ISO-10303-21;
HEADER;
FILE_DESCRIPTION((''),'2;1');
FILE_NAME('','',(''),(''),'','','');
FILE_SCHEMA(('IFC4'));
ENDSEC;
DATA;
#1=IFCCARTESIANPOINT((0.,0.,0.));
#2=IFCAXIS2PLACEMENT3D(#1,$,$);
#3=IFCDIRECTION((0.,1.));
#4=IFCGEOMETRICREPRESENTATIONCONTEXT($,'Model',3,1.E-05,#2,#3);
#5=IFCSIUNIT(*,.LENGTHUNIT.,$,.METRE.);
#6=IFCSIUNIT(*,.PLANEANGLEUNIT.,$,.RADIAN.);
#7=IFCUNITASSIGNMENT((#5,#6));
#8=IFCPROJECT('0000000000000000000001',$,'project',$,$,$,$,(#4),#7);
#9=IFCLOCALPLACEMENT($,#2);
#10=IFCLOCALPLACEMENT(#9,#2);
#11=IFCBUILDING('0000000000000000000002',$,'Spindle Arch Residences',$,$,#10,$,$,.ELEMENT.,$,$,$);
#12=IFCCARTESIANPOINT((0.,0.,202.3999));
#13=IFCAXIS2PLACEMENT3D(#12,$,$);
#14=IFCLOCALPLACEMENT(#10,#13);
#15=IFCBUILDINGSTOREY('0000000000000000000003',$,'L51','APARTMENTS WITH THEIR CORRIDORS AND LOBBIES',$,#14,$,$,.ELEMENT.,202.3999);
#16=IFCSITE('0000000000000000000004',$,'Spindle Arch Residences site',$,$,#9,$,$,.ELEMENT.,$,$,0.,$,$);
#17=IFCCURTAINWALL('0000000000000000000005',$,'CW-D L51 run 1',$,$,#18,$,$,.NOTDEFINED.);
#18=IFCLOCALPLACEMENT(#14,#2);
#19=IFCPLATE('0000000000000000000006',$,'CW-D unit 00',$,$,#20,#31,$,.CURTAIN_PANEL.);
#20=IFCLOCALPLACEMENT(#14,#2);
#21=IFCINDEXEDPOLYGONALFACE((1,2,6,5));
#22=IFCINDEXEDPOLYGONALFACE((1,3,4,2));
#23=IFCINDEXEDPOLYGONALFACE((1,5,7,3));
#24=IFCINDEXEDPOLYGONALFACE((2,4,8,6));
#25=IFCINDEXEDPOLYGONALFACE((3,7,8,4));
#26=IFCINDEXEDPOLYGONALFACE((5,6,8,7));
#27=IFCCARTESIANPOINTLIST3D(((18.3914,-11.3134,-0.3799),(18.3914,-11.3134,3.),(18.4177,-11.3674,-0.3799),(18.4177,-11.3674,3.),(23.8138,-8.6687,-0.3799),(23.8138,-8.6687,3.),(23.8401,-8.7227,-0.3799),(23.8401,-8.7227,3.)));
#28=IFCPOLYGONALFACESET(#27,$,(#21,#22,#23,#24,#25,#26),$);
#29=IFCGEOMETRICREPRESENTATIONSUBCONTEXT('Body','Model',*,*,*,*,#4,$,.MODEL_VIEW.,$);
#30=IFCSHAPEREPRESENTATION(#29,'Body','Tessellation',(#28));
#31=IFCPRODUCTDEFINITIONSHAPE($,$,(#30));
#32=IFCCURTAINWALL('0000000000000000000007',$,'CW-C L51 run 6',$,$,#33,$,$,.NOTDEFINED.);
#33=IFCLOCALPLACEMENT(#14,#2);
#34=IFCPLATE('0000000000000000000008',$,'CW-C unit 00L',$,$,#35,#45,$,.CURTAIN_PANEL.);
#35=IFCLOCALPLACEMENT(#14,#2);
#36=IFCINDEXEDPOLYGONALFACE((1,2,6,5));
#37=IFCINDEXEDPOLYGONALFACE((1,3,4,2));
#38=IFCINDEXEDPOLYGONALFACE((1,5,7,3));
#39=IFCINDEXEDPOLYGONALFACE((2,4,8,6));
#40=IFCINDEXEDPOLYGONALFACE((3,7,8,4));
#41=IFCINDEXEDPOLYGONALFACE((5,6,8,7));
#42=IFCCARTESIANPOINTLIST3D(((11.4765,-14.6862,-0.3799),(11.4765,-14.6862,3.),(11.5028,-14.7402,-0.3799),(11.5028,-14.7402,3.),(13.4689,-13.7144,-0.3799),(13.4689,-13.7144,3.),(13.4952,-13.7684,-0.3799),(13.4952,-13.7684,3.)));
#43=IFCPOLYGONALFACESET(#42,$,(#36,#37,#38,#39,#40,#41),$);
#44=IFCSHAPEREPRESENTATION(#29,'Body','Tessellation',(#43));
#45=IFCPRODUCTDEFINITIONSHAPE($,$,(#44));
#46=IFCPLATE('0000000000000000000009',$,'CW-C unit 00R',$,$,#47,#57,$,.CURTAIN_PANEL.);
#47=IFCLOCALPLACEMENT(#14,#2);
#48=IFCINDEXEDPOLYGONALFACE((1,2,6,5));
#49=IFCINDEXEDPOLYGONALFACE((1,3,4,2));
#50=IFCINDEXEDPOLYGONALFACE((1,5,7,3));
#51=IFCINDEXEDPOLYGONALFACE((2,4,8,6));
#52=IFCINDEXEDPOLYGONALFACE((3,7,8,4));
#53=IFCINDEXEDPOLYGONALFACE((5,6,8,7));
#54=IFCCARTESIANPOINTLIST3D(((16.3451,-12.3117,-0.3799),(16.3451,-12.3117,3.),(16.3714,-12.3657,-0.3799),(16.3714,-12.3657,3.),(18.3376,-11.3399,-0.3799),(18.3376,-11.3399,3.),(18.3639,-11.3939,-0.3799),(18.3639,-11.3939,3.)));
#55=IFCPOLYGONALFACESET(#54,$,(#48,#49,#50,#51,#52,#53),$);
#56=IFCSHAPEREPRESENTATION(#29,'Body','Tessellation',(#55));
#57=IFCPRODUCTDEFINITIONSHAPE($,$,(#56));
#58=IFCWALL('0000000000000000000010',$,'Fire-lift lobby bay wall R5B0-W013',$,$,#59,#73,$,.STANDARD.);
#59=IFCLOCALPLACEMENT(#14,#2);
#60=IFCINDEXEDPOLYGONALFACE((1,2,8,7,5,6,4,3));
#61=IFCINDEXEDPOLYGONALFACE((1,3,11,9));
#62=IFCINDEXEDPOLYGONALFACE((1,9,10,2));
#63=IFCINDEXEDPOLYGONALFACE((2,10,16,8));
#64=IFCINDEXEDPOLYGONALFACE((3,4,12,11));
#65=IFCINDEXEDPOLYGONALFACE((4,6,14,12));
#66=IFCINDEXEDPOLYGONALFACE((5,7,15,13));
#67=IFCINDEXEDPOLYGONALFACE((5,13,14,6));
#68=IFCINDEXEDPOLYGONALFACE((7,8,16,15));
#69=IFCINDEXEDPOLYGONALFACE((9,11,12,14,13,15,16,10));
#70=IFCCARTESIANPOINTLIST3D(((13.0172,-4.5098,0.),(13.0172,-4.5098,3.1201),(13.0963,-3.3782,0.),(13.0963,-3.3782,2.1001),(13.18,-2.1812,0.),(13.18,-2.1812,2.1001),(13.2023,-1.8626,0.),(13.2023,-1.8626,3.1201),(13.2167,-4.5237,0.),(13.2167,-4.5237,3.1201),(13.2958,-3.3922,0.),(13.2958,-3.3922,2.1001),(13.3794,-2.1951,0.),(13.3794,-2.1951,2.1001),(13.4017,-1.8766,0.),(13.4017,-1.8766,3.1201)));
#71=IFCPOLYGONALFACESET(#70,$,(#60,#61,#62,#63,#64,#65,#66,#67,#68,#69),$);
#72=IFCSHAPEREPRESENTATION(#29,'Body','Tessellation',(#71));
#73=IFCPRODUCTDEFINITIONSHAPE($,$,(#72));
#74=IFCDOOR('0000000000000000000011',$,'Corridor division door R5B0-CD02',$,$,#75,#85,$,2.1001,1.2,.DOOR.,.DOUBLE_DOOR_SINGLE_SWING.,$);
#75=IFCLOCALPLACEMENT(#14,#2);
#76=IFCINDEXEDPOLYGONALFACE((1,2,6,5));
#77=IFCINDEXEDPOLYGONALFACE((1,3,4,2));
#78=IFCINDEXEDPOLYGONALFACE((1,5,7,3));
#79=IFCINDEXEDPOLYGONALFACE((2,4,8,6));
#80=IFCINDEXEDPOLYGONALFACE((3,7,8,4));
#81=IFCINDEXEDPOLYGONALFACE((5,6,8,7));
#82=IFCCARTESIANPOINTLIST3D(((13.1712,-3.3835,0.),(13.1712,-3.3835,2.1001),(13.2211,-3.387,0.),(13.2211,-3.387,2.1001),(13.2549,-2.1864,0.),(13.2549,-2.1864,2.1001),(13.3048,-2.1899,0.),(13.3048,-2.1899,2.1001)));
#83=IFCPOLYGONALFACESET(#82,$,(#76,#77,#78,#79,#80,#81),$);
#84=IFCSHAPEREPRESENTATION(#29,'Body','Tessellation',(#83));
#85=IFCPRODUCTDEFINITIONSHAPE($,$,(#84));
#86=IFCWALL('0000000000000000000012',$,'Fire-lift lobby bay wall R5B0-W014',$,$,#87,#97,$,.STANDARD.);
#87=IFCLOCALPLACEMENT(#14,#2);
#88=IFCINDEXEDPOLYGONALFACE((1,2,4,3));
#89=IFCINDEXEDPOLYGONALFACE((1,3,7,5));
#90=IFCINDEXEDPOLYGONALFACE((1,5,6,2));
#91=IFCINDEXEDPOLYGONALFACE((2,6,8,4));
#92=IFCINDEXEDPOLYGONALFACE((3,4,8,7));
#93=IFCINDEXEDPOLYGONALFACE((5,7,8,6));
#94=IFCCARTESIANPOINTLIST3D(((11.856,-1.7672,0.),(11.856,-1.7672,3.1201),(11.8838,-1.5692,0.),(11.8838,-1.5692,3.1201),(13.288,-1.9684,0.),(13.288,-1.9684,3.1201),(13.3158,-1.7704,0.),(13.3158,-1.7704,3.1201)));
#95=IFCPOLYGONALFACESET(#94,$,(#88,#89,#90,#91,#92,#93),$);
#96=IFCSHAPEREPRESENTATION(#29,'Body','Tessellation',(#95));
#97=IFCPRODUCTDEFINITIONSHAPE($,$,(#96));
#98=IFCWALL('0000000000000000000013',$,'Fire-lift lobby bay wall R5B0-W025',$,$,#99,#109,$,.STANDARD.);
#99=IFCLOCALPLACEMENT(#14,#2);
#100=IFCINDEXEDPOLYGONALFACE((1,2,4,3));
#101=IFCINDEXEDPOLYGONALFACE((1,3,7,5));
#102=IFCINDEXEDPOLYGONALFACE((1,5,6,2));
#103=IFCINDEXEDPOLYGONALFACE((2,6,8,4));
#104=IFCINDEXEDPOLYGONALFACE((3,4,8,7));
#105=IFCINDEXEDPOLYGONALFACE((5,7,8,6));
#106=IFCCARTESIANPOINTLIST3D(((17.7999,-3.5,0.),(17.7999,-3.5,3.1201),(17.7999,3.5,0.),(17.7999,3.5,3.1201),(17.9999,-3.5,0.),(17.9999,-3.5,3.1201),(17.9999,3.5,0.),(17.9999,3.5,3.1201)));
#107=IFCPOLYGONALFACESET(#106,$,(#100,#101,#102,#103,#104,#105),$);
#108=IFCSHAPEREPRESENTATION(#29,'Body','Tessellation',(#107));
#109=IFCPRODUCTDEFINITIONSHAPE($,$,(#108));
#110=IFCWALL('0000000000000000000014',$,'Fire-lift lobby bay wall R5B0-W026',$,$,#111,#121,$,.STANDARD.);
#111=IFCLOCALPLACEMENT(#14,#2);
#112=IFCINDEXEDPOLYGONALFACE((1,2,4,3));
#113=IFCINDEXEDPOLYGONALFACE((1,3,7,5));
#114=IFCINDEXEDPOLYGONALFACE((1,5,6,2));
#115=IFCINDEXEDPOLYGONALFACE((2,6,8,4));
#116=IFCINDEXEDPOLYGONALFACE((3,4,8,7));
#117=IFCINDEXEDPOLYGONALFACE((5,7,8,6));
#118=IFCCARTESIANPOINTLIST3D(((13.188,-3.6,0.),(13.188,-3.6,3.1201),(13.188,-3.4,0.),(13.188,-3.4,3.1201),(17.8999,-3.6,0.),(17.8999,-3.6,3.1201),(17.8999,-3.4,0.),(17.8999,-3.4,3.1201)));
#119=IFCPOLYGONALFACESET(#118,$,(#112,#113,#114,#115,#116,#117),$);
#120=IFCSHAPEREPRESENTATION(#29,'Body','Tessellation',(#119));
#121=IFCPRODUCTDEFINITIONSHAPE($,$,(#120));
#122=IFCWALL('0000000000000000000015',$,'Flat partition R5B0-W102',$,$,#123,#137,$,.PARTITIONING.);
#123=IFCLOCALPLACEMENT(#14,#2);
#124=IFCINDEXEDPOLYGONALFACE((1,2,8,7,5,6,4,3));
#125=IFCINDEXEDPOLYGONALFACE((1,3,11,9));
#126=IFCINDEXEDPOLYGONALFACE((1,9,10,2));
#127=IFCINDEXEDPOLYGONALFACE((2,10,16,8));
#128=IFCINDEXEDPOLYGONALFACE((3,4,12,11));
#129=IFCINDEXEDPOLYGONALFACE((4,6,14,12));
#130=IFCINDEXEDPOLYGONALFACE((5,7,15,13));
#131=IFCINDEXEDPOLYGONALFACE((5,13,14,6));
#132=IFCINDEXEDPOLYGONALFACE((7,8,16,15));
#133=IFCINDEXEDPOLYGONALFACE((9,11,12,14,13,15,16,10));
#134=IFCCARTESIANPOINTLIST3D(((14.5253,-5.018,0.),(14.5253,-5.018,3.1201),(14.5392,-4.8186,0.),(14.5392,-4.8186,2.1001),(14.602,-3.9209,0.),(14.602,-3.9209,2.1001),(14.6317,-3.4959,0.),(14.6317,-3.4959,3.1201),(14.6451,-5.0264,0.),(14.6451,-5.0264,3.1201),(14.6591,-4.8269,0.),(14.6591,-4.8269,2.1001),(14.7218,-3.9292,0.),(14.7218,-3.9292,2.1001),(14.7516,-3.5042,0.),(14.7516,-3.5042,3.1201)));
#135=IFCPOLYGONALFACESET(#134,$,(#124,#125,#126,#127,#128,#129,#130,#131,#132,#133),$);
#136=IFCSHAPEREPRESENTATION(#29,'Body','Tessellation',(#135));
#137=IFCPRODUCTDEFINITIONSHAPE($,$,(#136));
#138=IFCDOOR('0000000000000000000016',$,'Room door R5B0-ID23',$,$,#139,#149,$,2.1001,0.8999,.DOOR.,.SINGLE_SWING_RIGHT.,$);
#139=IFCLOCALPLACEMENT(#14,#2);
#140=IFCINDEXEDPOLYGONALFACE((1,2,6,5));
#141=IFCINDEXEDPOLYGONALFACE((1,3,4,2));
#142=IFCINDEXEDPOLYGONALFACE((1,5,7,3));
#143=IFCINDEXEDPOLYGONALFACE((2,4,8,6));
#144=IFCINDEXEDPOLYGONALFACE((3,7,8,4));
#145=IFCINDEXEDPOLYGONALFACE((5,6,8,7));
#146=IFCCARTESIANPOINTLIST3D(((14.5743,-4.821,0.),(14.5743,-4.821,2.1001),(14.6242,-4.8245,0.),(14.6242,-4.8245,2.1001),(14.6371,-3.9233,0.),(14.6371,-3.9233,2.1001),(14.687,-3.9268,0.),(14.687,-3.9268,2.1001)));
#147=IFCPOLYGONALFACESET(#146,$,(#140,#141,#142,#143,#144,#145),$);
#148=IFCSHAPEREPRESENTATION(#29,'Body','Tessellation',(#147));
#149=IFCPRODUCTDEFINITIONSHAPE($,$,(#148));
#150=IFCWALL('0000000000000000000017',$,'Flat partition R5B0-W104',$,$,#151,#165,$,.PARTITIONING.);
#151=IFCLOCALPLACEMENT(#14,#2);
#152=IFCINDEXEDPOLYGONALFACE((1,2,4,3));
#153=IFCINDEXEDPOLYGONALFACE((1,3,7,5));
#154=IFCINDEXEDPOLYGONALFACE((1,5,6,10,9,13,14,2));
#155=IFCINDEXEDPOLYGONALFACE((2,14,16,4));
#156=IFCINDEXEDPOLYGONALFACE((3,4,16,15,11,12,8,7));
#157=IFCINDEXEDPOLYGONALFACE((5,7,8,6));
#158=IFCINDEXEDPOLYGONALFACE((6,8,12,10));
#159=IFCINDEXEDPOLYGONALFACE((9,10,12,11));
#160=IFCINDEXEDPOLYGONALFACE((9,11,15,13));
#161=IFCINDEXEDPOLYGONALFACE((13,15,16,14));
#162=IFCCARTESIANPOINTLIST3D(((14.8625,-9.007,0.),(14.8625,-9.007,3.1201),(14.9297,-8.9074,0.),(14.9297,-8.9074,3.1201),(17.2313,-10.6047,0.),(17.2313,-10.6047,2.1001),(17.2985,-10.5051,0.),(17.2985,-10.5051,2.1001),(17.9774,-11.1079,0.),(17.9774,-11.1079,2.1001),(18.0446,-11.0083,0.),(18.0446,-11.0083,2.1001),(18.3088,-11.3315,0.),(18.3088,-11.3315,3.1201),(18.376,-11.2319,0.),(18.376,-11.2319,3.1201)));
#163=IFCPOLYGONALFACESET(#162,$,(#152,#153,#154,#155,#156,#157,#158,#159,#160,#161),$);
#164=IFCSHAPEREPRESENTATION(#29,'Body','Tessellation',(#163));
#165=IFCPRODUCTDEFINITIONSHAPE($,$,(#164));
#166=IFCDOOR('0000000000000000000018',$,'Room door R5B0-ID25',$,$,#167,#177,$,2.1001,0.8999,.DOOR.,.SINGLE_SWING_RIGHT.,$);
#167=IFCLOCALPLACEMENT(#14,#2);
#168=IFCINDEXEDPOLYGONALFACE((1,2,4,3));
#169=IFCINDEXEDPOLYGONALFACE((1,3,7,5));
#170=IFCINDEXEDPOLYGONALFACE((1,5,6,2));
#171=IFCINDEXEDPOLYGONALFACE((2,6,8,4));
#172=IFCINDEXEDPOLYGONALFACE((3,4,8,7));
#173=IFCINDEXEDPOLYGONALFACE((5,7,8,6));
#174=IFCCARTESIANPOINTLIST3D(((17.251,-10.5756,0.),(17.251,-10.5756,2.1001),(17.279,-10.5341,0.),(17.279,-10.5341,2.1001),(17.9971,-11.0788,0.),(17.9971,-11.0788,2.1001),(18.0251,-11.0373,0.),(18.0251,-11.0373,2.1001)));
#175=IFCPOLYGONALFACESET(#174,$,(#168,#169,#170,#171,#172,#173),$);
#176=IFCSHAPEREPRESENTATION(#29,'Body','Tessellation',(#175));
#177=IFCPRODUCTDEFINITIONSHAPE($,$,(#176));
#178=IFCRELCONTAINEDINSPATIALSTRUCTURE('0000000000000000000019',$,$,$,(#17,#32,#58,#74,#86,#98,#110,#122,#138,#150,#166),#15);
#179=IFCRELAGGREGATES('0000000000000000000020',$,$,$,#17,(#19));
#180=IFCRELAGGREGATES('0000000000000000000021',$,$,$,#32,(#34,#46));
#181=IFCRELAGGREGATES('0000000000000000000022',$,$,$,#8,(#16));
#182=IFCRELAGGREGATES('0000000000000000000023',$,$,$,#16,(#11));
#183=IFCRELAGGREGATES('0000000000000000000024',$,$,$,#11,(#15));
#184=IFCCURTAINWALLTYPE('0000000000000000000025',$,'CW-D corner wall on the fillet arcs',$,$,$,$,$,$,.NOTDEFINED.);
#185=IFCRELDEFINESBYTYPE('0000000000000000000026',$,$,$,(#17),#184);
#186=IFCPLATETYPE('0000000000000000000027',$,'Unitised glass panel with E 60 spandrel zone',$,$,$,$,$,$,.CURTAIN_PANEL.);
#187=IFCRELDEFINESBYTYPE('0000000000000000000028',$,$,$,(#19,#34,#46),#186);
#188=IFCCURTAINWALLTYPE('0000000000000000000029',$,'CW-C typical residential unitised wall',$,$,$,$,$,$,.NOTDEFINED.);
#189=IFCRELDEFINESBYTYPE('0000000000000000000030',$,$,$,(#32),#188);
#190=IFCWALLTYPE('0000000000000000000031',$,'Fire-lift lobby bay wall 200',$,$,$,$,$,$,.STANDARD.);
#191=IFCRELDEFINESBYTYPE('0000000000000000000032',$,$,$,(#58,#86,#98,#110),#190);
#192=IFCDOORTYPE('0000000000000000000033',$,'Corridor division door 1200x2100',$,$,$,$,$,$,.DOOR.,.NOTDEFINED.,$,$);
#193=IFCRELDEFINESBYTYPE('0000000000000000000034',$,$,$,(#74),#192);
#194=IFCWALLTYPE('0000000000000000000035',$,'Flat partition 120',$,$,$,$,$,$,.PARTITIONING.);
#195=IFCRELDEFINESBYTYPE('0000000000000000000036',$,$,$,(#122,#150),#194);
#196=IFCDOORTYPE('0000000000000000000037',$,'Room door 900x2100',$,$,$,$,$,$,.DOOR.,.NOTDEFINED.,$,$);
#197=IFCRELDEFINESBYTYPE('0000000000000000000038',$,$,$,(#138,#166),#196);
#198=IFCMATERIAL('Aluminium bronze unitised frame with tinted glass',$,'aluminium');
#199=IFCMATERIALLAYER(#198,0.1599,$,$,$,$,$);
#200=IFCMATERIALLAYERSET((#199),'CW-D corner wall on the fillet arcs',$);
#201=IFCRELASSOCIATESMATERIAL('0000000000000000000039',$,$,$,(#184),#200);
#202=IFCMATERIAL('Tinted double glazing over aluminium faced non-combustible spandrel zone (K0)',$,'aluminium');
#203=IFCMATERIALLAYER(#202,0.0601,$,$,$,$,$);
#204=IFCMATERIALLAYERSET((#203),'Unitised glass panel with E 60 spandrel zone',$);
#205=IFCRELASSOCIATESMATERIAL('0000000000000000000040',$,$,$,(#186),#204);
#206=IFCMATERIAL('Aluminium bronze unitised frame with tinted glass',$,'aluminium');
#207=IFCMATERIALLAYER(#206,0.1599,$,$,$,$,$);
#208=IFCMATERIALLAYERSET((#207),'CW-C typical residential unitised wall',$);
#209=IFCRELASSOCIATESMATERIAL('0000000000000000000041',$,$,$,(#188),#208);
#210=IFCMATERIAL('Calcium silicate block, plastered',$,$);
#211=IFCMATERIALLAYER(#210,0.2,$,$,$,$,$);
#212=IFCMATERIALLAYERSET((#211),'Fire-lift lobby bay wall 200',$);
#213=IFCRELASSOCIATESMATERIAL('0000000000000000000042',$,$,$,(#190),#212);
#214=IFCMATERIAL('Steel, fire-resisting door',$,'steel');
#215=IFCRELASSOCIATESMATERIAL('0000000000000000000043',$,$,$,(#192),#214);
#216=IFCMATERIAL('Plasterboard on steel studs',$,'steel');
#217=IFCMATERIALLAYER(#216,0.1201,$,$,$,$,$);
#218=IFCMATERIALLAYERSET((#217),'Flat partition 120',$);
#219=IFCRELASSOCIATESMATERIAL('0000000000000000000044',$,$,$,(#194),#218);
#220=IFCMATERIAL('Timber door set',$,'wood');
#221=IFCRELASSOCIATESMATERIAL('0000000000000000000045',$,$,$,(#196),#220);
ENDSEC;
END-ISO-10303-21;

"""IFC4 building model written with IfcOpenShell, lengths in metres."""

from ifc_helpers import new_model, si_unit, direction, frame, frame_2d, origin, origin_2d, place, context, subcontext, project, spatial, rectangle, extrude, material, layer, layer_set, type_object, element, fill, aggregate, save


model = new_model("IFC4")

# Units and contexts
model_context = context("Model", 3, precision=1e-05, world=origin(), true_north=direction((0.0, 1.0)))
body_context = subcontext(model_context, "Body", "Model", "MODEL_VIEW")
ifc_project = project(units=[si_unit("LENGTHUNIT", "METRE"), si_unit("PLANEANGLEUNIT", "RADIAN")], contexts=[model_context])

# Site, building, storey
site_placement = place(None, origin())
site = spatial("IfcSite", under=ifc_project, at=site_placement, Name="Spindle Arch Residences site", CompositionType="ELEMENT", RefElevation=0.0)
building_placement = place(site_placement, origin())
building = spatial("IfcBuilding", under=site, at=building_placement, Name="Spindle Arch Residences", CompositionType="ELEMENT")
storey_placement = place(building_placement, frame((0.0, 0.0, 202.3999)))
storey = spatial("IfcBuildingStorey", under=building, at=storey_placement, Name="L51", Description="APARTMENTS WITH THEIR CORRIDORS AND LOBBIES", CompositionType="ELEMENT", Elevation=202.3999)

# Curtain wall
ifc_material_1 = material(Name="Aluminium bronze unitised frame with tinted glass", Category="aluminium")
ifc_layer_1 = layer(ifc_material_1, 0.1599)
ifc_layer_set_1 = layer_set([ifc_layer_1], Name="CW-D corner wall on the fillet arcs")
curtain_wall_type_1 = type_object("IfcCurtainWallType", Name="CW-D corner wall on the fillet arcs", PredefinedType="NOTDEFINED", material=ifc_layer_set_1)
curtain_wall_1_placement = place(storey_placement, origin())
curtain_wall_1 = element("IfcCurtainWall", 1, at=curtain_wall_1_placement, inside=storey, type_object=curtain_wall_type_1, Name="CW-D L51 run 1", PredefinedType="NOTDEFINED")

# Plate
ifc_material_2 = material(Name="Tinted double glazing over aluminium faced non-combustible spandrel zone (K0)", Category="aluminium")
ifc_layer_2 = layer(ifc_material_2, 0.0601)
ifc_layer_set_2 = layer_set([ifc_layer_2], Name="Unitised glass panel with E 60 spandrel zone")
plate_type = type_object("IfcPlateType", Name="Unitised glass panel with E 60 spandrel zone", PredefinedType="CURTAIN_PANEL", material=ifc_layer_set_2)
plate_1_placement = place(storey_placement, frame((21.1157, -10.0181, -0.3799), z_axis=(0.0, 0.0, 1.0), x_axis=(0.898794, 0.438371, 0.0)))
plate_1 = element("IfcPlate", 2, at=plate_1_placement, type_object=plate_type, Name="CW-D unit 00", PredefinedType="CURTAIN_PANEL", context=body_context, shape_type="SweptSolid", body=[
    extrude(rectangle(XDim=6.033, YDim=0.0601, at=origin_2d()), origin(), (0.0, 0.0, 1.0), 3.3799),
])
aggregate(curtain_wall_1, [plate_1])

# Curtain wall, plates
ifc_material_3 = material(Name="Aluminium bronze unitised frame with tinted glass", Category="aluminium")
ifc_layer_3 = layer(ifc_material_3, 0.1599)
ifc_layer_set_3 = layer_set([ifc_layer_3], Name="CW-C typical residential unitised wall")
curtain_wall_type_2 = type_object("IfcCurtainWallType", Name="CW-C typical residential unitised wall", PredefinedType="NOTDEFINED", material=ifc_layer_set_3)
curtain_wall_2_placement = place(storey_placement, origin())
curtain_wall_2 = element("IfcCurtainWall", 3, at=curtain_wall_2_placement, inside=storey, type_object=curtain_wall_type_2, Name="CW-C L51 run 6", PredefinedType="NOTDEFINED")
plate_2_placement = place(storey_placement, frame((12.4858, -14.2273, -0.3799), z_axis=(0.0, 0.0, 1.0), x_axis=(0.898794, 0.438371, 0.0)))
plate_2 = element("IfcPlate", 4, at=plate_2_placement, type_object=plate_type, Name="CW-C unit 00L", PredefinedType="CURTAIN_PANEL", context=body_context, shape_type="SweptSolid", body=[
    extrude(rectangle(XDim=2.2168, YDim=0.0601, at=origin_2d()), origin(), (0.0, 0.0, 1.0), 3.3799),
])
plate_3_placement = place(storey_placement, frame((17.3545, -11.8528, -0.3799), z_axis=(0.0, 0.0, 1.0), x_axis=(0.898794, 0.438371, 0.0)))
plate_3 = element("IfcPlate", 5, at=plate_3_placement, type_object=plate_type, Name="CW-C unit 00R", PredefinedType="CURTAIN_PANEL", context=body_context, shape_type="SweptSolid", body=[
    extrude(rectangle(XDim=2.2168, YDim=0.0601, at=origin_2d()), origin(), (0.0, 0.0, 1.0), 3.3799),
])
aggregate(curtain_wall_2, [plate_2, plate_3])

# Wall, opening, door
ifc_material_4 = material(Name="Calcium silicate block, plastered")
ifc_layer_4 = layer(ifc_material_4, 0.2)
ifc_layer_set_4 = layer_set([ifc_layer_4], Name="Fire-lift lobby bay wall 200")
wall_type_1 = type_object("IfcWallType", Name="Fire-lift lobby bay wall 200", PredefinedType="STANDARD", material=ifc_layer_set_4)
wall_1_placement = place(storey_placement, frame((13.1169, -4.5166, 0.0), z_axis=(0.0, 0.0, 1.0), x_axis=(0.069737, 0.997565, 0.0)))
wall_1 = element("IfcWall", 6, at=wall_1_placement, inside=storey, type_object=wall_type_1, Name="Fire-lift lobby bay wall R5B0-W013", PredefinedType="STANDARD", context=body_context, shape_type="SweptSolid", body=[
    extrude(rectangle(XDim=2.6536, YDim=0.2, at=frame_2d((1.3267, 0.0))), origin(), (0.0, 0.0, 1.0), 3.1201),
])
opening_1_placement = place(wall_1_placement, frame((1.134, 0.0, 0.0)))
opening_1 = element("IfcOpeningElement", 7, at=opening_1_placement, cuts=wall_1, PredefinedType="OPENING", context=body_context, shape_type="SweptSolid", body=[
    extrude(rectangle(XDim=1.2, YDim=2.1001, at=frame_2d((0.6001, 1.05))), frame((0.0, 0.1099, 0.0), z_axis=(0.0, -1.0, 0.0), x_axis=(1.0, 0.0, 0.0)), (0.0, 0.0, 1.0), 0.22),
])
ifc_material_5 = material(Name="Steel, fire-resisting door", Category="steel")
door_type_1 = type_object("IfcDoorType", Name="Corridor division door 1200x2100", OperationType="NOTDEFINED", PredefinedType="DOOR", material=ifc_material_5)
door_1_placement = place(opening_1_placement, origin())
door_1 = element("IfcDoor", 8, at=door_1_placement, inside=storey, type_object=door_type_1, Name="Corridor division door R5B0-CD02", OperationType="DOUBLE_DOOR_SINGLE_SWING", OverallHeight=2.1001, OverallWidth=1.2, PredefinedType="DOOR", context=body_context, shape_type="SweptSolid", body=[
    extrude(rectangle(XDim=1.2, YDim=2.1001, at=frame_2d((0.6001, 1.05))), frame((0.0, 0.0249, 0.0), z_axis=(0.0, -1.0, 0.0), x_axis=(1.0, 0.0, 0.0)), (0.0, 0.0, 1.0), 0.05),
])
fill(opening_1, door_1)

# Walls
wall_2_placement = place(storey_placement, frame((13.302, -1.8694, 0.0), z_axis=(0.0, 0.0, 1.0), x_axis=(-0.990274, 0.139128, 0.0)))
element("IfcWall", 9, at=wall_2_placement, inside=storey, type_object=wall_type_1, Name="Fire-lift lobby bay wall R5B0-W014", PredefinedType="STANDARD", context=body_context, shape_type="SweptSolid", body=[
    extrude(rectangle(XDim=1.446, YDim=0.2, at=frame_2d((0.7231, 0.0))), origin(), (0.0, 0.0, 1.0), 3.1201),
])
wall_3_placement = place(storey_placement, frame((17.8999, -3.5, 0.0), z_axis=(0.0, 0.0, 1.0), x_axis=(0.0, 1.0, 0.0)))
element("IfcWall", 10, at=wall_3_placement, inside=storey, type_object=wall_type_1, Name="Fire-lift lobby bay wall R5B0-W025", PredefinedType="STANDARD", context=body_context, shape_type="SweptSolid", body=[
    extrude(rectangle(XDim=7.0, YDim=0.2, at=frame_2d((3.5, 0.0))), origin(), (0.0, 0.0, 1.0), 3.1201),
])
wall_4_placement = place(storey_placement, frame((13.188, -3.5, 0.0), z_axis=(0.0, 0.0, 1.0), x_axis=(1.0, 0.0, 0.0)))
element("IfcWall", 11, at=wall_4_placement, inside=storey, type_object=wall_type_1, Name="Fire-lift lobby bay wall R5B0-W026", PredefinedType="STANDARD", context=body_context, shape_type="SweptSolid", body=[
    extrude(rectangle(XDim=4.7119, YDim=0.2, at=frame_2d((2.356, 0.0))), origin(), (0.0, 0.0, 1.0), 3.1201),
])

# Walls, openings, doors
ifc_material_6 = material(Name="Plasterboard on steel studs", Category="steel")
ifc_layer_5 = layer(ifc_material_6, 0.1201)
ifc_layer_set_5 = layer_set([ifc_layer_5], Name="Flat partition 120")
wall_type_2 = type_object("IfcWallType", Name="Flat partition 120", PredefinedType="PARTITIONING", material=ifc_layer_set_5)
wall_5_placement = place(storey_placement, frame((14.5852, -5.0222, 0.0), z_axis=(0.0, 0.0, 1.0), x_axis=(0.069757, 0.997564, 0.0)))
wall_5 = element("IfcWall", 12, at=wall_5_placement, inside=storey, type_object=wall_type_2, Name="Flat partition R5B0-W102", PredefinedType="PARTITIONING", context=body_context, shape_type="SweptSolid", body=[
    extrude(rectangle(XDim=1.5259, YDim=0.1201, at=frame_2d((0.7629, 0.0))), origin(), (0.0, 0.0, 1.0), 3.1201),
])
opening_2_placement = place(wall_5_placement, frame((0.2, 0.0, 0.0)))
opening_2 = element("IfcOpeningElement", 13, at=opening_2_placement, cuts=wall_5, PredefinedType="OPENING", context=body_context, shape_type="SweptSolid", body=[
    extrude(rectangle(XDim=0.8999, YDim=2.1001, at=frame_2d((0.45, 1.05))), frame((0.0, 0.0701, 0.0), z_axis=(0.0, -1.0, 0.0), x_axis=(1.0, 0.0, 0.0)), (0.0, 0.0, 1.0), 0.1401),
])
ifc_material_7 = material(Name="Timber door set", Category="wood")
door_type_2 = type_object("IfcDoorType", Name="Room door 900x2100", OperationType="NOTDEFINED", PredefinedType="DOOR", material=ifc_material_7)
door_2_placement = place(opening_2_placement, origin())
door_2 = element("IfcDoor", 14, at=door_2_placement, inside=storey, type_object=door_type_2, Name="Room door R5B0-ID23", OperationType="SINGLE_SWING_RIGHT", OverallHeight=2.1001, OverallWidth=0.8999, PredefinedType="DOOR", context=body_context, shape_type="SweptSolid", body=[
    extrude(rectangle(XDim=0.8999, YDim=2.1001, at=frame_2d((0.45, 1.05))), frame((0.0, 0.0249, 0.0), z_axis=(0.0, -1.0, 0.0), x_axis=(1.0, 0.0, 0.0)), (0.0, 0.0, 1.0), 0.05),
])
fill(opening_2, door_2)
wall_6_placement = place(storey_placement, frame((18.3425, -11.2817, 0.0), z_axis=(0.0, 0.0, 1.0), x_axis=(-0.829047, 0.559178, 0.0)))
wall_6 = element("IfcWall", 15, at=wall_6_placement, inside=storey, type_object=wall_type_2, Name="Flat partition R5B0-W104", PredefinedType="PARTITIONING", context=body_context, shape_type="SweptSolid", body=[
    extrude(rectangle(XDim=4.157, YDim=0.1201, at=frame_2d((2.0786, 0.0))), origin(), (0.0, 0.0, 1.0), 3.1201),
])
opening_3_placement = place(wall_6_placement, frame((0.3999, 0.0, 0.0)))
opening_3 = element("IfcOpeningElement", 16, at=opening_3_placement, cuts=wall_6, PredefinedType="OPENING", context=body_context, shape_type="SweptSolid", body=[
    extrude(rectangle(XDim=0.8999, YDim=2.1001, at=frame_2d((0.45, 1.05))), frame((0.0, 0.0701, 0.0), z_axis=(0.0, -1.0, 0.0), x_axis=(1.0, 0.0, 0.0)), (0.0, 0.0, 1.0), 0.1401),
])
door_3_placement = place(opening_3_placement, origin())
door_3 = element("IfcDoor", 17, at=door_3_placement, inside=storey, type_object=door_type_2, Name="Room door R5B0-ID25", OperationType="SINGLE_SWING_RIGHT", OverallHeight=2.1001, OverallWidth=0.8999, PredefinedType="DOOR", context=body_context, shape_type="SweptSolid", body=[
    extrude(rectangle(XDim=0.8999, YDim=2.1001, at=frame_2d((0.45, 1.05))), frame((0.0, 0.0249, 0.0), z_axis=(0.0, -1.0, 0.0), x_axis=(1.0, 0.0, 0.0)), (0.0, 0.0, 1.0), 0.05),
])
fill(opening_3, door_3)

save(model, "model.ifc")
